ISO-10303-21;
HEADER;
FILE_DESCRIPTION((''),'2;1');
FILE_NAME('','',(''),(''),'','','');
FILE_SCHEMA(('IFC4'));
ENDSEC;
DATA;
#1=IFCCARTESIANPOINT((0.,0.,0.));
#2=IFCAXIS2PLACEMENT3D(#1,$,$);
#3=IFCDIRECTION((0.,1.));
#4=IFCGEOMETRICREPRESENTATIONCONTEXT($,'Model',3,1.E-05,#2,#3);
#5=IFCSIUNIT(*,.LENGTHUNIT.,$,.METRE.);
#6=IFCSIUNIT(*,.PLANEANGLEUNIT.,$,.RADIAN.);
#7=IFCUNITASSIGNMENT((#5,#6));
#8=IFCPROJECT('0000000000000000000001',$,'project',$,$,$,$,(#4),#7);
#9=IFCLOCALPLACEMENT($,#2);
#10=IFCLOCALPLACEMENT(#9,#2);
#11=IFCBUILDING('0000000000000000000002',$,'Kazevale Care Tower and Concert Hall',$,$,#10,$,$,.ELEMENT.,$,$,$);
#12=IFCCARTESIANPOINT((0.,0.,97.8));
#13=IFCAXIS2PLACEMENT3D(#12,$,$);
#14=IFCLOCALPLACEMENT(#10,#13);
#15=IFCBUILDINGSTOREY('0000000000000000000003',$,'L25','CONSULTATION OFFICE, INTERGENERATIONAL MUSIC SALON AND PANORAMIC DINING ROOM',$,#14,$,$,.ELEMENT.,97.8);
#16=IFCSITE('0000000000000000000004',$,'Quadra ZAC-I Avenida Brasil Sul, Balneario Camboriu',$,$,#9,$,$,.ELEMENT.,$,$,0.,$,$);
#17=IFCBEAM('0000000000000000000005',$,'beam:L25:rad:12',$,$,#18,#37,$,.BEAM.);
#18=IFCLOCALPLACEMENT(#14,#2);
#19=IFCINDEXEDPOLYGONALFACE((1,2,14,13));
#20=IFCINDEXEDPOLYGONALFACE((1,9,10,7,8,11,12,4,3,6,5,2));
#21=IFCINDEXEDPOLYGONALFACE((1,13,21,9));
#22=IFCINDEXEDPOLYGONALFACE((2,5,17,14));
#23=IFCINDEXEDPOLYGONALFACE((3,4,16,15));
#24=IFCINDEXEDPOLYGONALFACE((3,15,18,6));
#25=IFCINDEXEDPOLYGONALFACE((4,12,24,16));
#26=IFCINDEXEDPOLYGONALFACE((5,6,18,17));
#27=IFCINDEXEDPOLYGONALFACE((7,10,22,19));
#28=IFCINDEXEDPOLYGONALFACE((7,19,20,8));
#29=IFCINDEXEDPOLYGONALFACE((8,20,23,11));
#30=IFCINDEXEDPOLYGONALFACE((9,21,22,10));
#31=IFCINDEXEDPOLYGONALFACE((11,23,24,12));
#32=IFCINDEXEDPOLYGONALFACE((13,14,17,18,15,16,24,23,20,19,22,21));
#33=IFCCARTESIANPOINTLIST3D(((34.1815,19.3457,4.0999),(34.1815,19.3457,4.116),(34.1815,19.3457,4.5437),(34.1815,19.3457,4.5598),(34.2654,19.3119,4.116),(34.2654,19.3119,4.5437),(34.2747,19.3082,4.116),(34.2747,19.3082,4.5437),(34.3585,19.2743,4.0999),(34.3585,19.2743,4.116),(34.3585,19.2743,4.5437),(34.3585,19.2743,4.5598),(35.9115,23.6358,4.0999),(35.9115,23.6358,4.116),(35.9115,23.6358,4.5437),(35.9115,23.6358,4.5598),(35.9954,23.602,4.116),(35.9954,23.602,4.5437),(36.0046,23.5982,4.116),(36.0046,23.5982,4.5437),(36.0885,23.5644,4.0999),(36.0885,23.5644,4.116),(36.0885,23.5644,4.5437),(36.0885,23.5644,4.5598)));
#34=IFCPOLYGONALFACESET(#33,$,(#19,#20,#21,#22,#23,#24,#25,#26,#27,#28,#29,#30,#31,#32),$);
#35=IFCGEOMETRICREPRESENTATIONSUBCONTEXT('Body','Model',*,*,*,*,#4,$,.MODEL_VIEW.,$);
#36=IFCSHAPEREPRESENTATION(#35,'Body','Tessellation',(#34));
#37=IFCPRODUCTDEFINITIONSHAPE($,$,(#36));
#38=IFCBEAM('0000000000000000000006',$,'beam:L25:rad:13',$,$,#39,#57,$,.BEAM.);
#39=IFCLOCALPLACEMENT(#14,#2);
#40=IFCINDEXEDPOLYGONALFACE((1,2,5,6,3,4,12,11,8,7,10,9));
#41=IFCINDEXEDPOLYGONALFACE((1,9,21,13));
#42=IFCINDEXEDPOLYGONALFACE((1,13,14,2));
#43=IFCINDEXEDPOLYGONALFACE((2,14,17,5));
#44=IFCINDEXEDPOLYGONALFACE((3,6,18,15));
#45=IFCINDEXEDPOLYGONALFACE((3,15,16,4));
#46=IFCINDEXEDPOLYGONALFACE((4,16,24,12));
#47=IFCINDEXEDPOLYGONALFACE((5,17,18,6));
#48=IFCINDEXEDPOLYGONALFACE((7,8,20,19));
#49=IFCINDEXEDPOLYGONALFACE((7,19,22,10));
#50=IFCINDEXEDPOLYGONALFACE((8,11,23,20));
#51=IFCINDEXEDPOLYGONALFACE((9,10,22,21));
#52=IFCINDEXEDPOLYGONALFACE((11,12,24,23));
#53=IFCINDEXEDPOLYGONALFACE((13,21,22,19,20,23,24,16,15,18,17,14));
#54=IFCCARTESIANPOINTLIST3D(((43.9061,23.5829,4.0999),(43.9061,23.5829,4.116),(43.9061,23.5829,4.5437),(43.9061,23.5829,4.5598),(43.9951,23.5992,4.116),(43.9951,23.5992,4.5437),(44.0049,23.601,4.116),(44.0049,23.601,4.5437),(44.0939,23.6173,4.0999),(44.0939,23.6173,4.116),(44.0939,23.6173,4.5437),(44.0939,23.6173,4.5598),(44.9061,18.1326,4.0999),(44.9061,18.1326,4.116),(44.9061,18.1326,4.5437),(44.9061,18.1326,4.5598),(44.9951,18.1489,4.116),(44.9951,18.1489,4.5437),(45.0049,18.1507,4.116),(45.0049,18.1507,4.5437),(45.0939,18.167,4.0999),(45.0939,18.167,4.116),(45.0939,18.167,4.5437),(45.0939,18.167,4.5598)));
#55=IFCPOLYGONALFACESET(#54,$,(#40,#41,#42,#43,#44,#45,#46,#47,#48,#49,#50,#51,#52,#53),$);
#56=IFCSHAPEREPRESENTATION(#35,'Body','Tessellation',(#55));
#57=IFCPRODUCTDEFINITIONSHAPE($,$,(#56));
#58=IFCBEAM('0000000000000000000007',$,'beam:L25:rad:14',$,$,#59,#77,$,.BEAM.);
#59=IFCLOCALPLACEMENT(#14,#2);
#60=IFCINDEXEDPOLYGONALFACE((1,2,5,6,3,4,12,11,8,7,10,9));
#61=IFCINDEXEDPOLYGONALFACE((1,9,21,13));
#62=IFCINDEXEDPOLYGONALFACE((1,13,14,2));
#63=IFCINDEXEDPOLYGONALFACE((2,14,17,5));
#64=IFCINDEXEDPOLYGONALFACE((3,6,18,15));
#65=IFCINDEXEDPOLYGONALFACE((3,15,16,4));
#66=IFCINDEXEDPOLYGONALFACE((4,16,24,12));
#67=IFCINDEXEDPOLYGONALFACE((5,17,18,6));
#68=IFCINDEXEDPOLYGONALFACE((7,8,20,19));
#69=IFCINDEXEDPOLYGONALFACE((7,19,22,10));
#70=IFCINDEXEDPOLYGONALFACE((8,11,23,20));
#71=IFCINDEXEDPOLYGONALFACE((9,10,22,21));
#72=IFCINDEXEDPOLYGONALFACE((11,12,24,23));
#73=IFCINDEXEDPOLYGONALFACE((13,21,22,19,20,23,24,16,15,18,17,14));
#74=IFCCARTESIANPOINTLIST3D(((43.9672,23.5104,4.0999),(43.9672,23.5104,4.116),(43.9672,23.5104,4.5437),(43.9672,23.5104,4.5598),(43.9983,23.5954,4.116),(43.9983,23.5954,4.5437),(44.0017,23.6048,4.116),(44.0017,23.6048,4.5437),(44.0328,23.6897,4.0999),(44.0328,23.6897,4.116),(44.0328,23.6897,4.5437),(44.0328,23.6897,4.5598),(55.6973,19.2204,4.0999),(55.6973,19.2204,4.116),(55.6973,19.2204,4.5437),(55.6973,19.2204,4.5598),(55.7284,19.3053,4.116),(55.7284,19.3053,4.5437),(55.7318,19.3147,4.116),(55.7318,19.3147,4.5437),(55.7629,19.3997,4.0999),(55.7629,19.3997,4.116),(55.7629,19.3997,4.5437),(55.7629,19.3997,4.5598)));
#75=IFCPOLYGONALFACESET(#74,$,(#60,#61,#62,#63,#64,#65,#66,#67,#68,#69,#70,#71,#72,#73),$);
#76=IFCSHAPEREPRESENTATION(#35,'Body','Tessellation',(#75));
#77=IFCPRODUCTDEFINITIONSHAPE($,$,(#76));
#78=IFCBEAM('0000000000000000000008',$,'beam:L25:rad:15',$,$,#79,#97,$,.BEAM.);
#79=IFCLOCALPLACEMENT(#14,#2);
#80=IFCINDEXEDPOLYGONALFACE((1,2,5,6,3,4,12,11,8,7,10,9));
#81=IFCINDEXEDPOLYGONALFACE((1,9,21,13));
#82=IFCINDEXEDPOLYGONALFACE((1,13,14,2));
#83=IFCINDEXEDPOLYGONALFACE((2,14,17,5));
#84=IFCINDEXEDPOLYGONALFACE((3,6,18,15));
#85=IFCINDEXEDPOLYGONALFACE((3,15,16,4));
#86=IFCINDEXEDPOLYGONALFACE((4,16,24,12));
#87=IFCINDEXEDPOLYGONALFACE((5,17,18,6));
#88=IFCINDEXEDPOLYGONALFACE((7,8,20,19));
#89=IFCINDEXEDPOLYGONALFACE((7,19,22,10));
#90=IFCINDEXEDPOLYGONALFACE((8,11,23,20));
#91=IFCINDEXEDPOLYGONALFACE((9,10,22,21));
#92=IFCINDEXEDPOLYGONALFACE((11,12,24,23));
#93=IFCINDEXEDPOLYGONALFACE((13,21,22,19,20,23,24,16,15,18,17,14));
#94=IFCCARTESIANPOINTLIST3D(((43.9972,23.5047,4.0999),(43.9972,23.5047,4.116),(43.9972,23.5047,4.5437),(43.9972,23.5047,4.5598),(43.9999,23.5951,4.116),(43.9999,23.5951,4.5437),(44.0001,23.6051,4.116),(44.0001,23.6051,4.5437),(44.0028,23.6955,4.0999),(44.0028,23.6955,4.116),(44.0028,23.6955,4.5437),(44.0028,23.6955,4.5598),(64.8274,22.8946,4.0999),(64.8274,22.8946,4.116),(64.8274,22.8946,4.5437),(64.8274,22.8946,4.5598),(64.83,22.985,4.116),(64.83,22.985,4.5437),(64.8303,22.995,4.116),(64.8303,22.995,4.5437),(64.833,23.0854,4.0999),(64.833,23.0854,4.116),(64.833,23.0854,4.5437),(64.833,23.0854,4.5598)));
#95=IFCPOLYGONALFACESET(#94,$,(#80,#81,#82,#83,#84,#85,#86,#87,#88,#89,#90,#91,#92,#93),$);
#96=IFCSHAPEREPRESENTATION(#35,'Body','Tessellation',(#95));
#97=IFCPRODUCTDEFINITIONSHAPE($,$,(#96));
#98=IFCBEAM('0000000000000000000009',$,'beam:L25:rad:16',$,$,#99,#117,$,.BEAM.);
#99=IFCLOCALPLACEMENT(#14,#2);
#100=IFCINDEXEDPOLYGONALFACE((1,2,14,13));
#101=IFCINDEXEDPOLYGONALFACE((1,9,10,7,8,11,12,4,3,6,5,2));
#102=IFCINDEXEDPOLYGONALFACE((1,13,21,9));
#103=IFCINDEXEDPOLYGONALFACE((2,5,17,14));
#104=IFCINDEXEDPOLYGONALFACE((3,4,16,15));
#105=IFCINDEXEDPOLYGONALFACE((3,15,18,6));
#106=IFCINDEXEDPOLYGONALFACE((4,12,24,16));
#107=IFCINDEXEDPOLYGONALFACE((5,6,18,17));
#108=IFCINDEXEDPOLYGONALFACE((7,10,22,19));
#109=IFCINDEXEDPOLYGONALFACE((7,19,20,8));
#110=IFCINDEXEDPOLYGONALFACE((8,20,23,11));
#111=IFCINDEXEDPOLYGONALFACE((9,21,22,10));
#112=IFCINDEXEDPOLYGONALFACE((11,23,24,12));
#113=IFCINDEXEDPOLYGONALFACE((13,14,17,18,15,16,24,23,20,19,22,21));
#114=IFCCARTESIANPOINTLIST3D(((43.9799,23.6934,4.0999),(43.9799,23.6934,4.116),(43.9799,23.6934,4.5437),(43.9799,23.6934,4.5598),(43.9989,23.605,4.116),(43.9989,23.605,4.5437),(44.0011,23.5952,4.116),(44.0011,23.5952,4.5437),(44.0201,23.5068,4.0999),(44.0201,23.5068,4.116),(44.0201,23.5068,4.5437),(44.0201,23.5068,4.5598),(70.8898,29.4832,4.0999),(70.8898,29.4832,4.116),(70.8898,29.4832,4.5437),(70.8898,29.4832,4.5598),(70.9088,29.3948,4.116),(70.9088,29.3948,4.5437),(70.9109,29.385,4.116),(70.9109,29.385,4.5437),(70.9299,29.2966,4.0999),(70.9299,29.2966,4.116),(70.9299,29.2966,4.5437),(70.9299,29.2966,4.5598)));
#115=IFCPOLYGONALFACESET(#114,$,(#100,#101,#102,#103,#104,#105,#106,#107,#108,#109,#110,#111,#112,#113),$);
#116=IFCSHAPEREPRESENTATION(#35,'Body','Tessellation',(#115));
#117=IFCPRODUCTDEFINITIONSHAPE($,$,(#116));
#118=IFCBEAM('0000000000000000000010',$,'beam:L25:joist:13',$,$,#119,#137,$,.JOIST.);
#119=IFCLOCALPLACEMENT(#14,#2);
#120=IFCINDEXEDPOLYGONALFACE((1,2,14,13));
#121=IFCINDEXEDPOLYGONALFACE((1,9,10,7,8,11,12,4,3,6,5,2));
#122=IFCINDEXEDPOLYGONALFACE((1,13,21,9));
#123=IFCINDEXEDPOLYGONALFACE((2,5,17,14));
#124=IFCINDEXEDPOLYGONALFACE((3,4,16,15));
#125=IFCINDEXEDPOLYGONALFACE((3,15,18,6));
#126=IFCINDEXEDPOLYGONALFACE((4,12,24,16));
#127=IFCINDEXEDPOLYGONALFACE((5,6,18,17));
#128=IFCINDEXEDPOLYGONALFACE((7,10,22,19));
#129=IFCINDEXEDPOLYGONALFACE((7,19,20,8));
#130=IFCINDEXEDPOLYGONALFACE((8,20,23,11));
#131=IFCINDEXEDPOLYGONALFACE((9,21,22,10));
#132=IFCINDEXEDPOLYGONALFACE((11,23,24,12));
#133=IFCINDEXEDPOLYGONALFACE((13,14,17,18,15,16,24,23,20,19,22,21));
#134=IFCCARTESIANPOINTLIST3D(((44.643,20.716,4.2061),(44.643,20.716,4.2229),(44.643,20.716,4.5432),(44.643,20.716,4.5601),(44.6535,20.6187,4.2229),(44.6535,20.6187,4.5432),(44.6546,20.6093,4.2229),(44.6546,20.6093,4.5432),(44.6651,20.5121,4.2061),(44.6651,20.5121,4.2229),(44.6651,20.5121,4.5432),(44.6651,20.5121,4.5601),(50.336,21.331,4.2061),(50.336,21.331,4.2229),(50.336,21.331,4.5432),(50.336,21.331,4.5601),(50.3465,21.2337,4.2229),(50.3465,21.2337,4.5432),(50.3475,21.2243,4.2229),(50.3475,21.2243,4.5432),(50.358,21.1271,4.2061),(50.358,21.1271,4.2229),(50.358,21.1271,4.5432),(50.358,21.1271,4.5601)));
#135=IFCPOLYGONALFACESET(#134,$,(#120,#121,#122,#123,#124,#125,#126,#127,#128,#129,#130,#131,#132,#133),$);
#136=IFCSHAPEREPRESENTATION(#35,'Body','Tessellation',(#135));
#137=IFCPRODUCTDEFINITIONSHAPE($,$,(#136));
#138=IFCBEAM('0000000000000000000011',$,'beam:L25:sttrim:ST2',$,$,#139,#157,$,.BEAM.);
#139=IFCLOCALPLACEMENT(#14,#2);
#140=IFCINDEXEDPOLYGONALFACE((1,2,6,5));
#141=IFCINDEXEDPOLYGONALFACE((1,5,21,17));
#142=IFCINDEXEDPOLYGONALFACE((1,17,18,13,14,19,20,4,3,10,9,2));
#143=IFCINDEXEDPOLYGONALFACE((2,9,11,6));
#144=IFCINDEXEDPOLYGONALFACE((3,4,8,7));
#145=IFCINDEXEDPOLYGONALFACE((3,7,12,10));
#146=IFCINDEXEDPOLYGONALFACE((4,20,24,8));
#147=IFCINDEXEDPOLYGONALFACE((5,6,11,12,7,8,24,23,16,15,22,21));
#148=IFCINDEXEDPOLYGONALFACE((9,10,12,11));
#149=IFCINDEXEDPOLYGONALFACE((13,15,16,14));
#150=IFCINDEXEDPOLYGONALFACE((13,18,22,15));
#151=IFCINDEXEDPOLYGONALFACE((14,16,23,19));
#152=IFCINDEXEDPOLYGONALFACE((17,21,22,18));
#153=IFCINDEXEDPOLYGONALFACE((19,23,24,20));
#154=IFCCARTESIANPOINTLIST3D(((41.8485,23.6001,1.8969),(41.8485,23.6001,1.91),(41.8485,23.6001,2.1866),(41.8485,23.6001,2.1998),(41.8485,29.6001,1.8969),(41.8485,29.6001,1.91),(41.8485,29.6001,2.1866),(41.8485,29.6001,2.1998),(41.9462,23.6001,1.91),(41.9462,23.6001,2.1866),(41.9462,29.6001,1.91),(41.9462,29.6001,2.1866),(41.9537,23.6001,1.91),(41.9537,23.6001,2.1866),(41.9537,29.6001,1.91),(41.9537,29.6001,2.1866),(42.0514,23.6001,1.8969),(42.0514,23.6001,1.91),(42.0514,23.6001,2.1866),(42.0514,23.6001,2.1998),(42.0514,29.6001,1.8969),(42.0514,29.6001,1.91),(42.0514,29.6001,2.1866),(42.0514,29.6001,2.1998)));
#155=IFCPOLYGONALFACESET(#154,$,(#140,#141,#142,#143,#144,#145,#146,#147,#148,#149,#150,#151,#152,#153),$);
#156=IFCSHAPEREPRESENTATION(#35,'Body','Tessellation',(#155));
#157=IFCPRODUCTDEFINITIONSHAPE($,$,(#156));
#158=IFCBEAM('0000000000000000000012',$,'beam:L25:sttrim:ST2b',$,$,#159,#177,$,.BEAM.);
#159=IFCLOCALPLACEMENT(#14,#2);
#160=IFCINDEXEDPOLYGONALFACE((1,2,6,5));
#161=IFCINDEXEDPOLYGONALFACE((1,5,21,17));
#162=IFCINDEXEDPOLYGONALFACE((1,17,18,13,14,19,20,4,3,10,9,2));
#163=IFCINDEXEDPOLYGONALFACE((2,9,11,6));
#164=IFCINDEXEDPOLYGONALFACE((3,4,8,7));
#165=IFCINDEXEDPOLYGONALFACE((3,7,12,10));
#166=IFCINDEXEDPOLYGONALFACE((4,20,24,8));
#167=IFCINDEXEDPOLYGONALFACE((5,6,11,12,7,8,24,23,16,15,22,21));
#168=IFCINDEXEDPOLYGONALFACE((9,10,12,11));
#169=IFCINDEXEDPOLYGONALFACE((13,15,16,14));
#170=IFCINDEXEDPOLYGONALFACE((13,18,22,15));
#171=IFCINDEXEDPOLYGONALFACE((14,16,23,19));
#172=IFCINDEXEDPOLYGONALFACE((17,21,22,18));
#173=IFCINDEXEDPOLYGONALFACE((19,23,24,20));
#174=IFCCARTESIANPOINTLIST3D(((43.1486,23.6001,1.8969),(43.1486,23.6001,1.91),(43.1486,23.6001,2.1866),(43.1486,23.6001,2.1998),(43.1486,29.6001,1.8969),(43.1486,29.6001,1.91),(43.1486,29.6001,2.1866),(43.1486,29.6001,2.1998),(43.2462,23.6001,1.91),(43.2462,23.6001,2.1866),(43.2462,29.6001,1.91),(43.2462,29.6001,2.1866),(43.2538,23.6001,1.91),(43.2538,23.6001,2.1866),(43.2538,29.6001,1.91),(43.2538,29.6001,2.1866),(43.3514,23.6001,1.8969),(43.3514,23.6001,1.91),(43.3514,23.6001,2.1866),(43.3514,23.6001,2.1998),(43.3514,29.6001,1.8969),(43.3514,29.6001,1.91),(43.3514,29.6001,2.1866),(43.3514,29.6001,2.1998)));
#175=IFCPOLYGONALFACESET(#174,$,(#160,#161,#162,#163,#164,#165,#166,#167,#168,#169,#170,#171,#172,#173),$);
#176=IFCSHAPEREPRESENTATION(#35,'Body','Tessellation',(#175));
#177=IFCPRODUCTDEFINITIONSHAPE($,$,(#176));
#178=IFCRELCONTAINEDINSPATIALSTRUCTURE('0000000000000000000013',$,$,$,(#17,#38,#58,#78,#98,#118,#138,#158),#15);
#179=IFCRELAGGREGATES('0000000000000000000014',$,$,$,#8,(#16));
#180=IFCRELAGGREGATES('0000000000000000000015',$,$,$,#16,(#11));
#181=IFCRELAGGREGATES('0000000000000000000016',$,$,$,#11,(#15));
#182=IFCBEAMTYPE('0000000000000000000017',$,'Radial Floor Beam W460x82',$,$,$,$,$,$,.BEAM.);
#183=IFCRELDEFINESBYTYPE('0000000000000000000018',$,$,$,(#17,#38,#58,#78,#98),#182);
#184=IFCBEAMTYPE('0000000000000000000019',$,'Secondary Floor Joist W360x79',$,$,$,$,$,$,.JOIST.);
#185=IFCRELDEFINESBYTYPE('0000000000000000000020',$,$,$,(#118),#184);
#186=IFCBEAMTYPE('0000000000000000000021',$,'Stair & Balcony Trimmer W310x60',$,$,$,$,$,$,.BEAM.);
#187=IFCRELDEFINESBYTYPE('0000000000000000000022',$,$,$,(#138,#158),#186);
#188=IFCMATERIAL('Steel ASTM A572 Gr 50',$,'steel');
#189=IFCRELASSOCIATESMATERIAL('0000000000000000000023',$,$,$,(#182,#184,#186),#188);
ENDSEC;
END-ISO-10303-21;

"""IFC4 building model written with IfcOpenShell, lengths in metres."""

from ifc_helpers import new_model, si_unit, direction, frame, origin, origin_2d, place, context, subcontext, project, spatial, i_section, extrude, material, material_profile, profile_set, type_object, element, save


model = new_model("IFC4")

# Units and contexts
model_context = context("Model", 3, precision=1e-05, world=origin(), true_north=direction((0.0, 1.0)))
body_context = subcontext(model_context, "Body", "Model", "MODEL_VIEW")
ifc_project = project(units=[si_unit("LENGTHUNIT", "METRE"), si_unit("PLANEANGLEUNIT", "RADIAN")], contexts=[model_context])

# Site, building, storey
site_placement = place(None, origin())
site = spatial("IfcSite", under=ifc_project, at=site_placement, Name="Quadra ZAC-I Avenida Brasil Sul, Balneario Camboriu", CompositionType="ELEMENT", RefElevation=0.0)
building_placement = place(site_placement, origin())
building = spatial("IfcBuilding", under=site, at=building_placement, Name="Kazevale Care Tower and Concert Hall", CompositionType="ELEMENT")
storey_placement = place(building_placement, frame((0.0, 0.0, 97.8)))
storey = spatial("IfcBuildingStorey", under=building, at=storey_placement, Name="L25", Description="CONSULTATION OFFICE, INTERGENERATIONAL MUSIC SALON AND PANORAMIC DINING ROOM", CompositionType="ELEMENT", Elevation=97.8)

# Beams
ifc_material_1 = material(Name="Steel ASTM A572 Gr 50", Category="steel")
ifc_material_profile_1 = material_profile(ifc_material_1, i_section(OverallWidth=0.1909, OverallDepth=0.46, WebThickness=0.01, FlangeThickness=0.0161, at=origin_2d()), Name="W460x82")
ifc_profile_set_1 = profile_set([ifc_material_profile_1], Name="Steel ASTM A572 Gr 50")
beam_type_1 = type_object("IfcBeamType", Name="Radial Floor Beam W460x82", PredefinedType="BEAM", material=ifc_profile_set_1)
beam_1_placement = place(storey_placement, frame((36.0, 23.6001, 4.3298), z_axis=(-0.373992, -0.927432, 0.0), x_axis=(0.927432, -0.373992, 0.0)))
element("IfcBeam", 1, at=beam_1_placement, inside=storey, type_object=beam_type_1, Name="beam:L25:rad:12", PredefinedType="BEAM", context=body_context, shape_type="SweptSolid", body=[
    extrude(i_section(OverallWidth=0.1909, OverallDepth=0.46, WebThickness=0.01, FlangeThickness=0.0161, at=origin_2d()), origin(), (0.0, 0.0, 1.0), 4.6257),
])
beam_2_placement = place(storey_placement, frame((44.0, 23.6001, 4.3298), z_axis=(0.180467, -0.983581, 0.0), x_axis=(0.983581, 0.180467, 0.0)))
element("IfcBeam", 2, at=beam_2_placement, inside=storey, type_object=beam_type_1, Name="beam:L25:rad:13", PredefinedType="BEAM", context=body_context, shape_type="SweptSolid", body=[
    extrude(i_section(OverallWidth=0.1909, OverallDepth=0.46, WebThickness=0.01, FlangeThickness=0.0161, at=origin_2d()), origin(), (0.0, 0.0, 1.0), 5.5413),
])
beam_3_placement = place(storey_placement, frame((44.0, 23.6001, 4.3298), z_axis=(0.939159, -0.343481, 0.0), x_axis=(0.343481, 0.939159, 0.0)))
element("IfcBeam", 3, at=beam_3_placement, inside=storey, type_object=beam_type_1, Name="beam:L25:rad:14", PredefinedType="BEAM", context=body_context, shape_type="SweptSolid", body=[
    extrude(i_section(OverallWidth=0.1909, OverallDepth=0.46, WebThickness=0.01, FlangeThickness=0.0161, at=origin_2d()), origin(), (0.0, 0.0, 1.0), 12.49),
])
beam_4_placement = place(storey_placement, frame((44.0, 23.6001, 4.3298), z_axis=(0.999571, -0.029277, 0.0), x_axis=(0.029277, 0.999571, 0.0)))
element("IfcBeam", 4, at=beam_4_placement, inside=storey, type_object=beam_type_1, Name="beam:L25:rad:15", PredefinedType="BEAM", context=body_context, shape_type="SweptSolid", body=[
    extrude(i_section(OverallWidth=0.1909, OverallDepth=0.46, WebThickness=0.01, FlangeThickness=0.0161, at=origin_2d()), origin(), (0.0, 0.0, 1.0), 20.8391),
])
beam_5_placement = place(storey_placement, frame((44.0, 23.6001, 4.3298), z_axis=(0.977628, 0.210341, 0.0), x_axis=(-0.210341, 0.977628, 0.0)))
element("IfcBeam", 5, at=beam_5_placement, inside=storey, type_object=beam_type_1, Name="beam:L25:rad:16", PredefinedType="BEAM", context=body_context, shape_type="SweptSolid", body=[
    extrude(i_section(OverallWidth=0.1909, OverallDepth=0.46, WebThickness=0.01, FlangeThickness=0.0161, at=origin_2d()), origin(), (0.0, 0.0, 1.0), 27.5256),
])
ifc_material_profile_2 = material_profile(ifc_material_1, i_section(OverallWidth=0.2051, OverallDepth=0.354, WebThickness=0.0095, FlangeThickness=0.0168, at=origin_2d()), Name="W360x79")
ifc_profile_set_2 = profile_set([ifc_material_profile_2], Name="Steel ASTM A572 Gr 50")
beam_type_2 = type_object("IfcBeamType", Name="Secondary Floor Joist W360x79", PredefinedType="JOIST", material=ifc_profile_set_2)
beam_6_placement = place(storey_placement, frame((44.6541, 20.614, 4.3831), z_axis=(0.994216, 0.107403, 0.0), x_axis=(-0.107403, 0.994216, 0.0)))
element("IfcBeam", 6, at=beam_6_placement, inside=storey, type_object=beam_type_2, Name="beam:L25:joist:13", PredefinedType="JOIST", context=body_context, shape_type="SweptSolid", body=[
    extrude(i_section(OverallWidth=0.2051, OverallDepth=0.354, WebThickness=0.0095, FlangeThickness=0.0168, at=origin_2d()), origin(), (0.0, 0.0, 1.0), 5.7261),
])
ifc_material_profile_3 = material_profile(ifc_material_1, i_section(OverallWidth=0.2029, OverallDepth=0.303, WebThickness=0.0076, FlangeThickness=0.0132, at=origin_2d()), Name="W310x60")
ifc_profile_set_3 = profile_set([ifc_material_profile_3], Name="Steel ASTM A572 Gr 50")
beam_type_3 = type_object("IfcBeamType", Name="Stair & Balcony Trimmer W310x60", PredefinedType="BEAM", material=ifc_profile_set_3)
for number, where, z_axis, x_axis, name in (
    (7, (41.95, 23.6001, 2.0483), (0.0, 1.0, 0.0), (-1.0, 0.0, 0.0), "beam:L25:sttrim:ST2"),
    (8, (43.25, 23.6001, 2.0483), (0.0, 1.0, 0.0), (-1.0, 0.0, 0.0), "beam:L25:sttrim:ST2b"),
):
    element("IfcBeam", number, at=place(storey_placement, frame(where, z_axis=z_axis, x_axis=x_axis)), inside=storey, type_object=beam_type_3, Name=name, PredefinedType="BEAM", context=body_context, shape_type="SweptSolid", body=[
        extrude(i_section(OverallWidth=0.2029, OverallDepth=0.303, WebThickness=0.0076, FlangeThickness=0.0132, at=origin_2d()), origin(), (0.0, 0.0, 1.0), 6.0),
    ])

save(model, "model.ifc")
